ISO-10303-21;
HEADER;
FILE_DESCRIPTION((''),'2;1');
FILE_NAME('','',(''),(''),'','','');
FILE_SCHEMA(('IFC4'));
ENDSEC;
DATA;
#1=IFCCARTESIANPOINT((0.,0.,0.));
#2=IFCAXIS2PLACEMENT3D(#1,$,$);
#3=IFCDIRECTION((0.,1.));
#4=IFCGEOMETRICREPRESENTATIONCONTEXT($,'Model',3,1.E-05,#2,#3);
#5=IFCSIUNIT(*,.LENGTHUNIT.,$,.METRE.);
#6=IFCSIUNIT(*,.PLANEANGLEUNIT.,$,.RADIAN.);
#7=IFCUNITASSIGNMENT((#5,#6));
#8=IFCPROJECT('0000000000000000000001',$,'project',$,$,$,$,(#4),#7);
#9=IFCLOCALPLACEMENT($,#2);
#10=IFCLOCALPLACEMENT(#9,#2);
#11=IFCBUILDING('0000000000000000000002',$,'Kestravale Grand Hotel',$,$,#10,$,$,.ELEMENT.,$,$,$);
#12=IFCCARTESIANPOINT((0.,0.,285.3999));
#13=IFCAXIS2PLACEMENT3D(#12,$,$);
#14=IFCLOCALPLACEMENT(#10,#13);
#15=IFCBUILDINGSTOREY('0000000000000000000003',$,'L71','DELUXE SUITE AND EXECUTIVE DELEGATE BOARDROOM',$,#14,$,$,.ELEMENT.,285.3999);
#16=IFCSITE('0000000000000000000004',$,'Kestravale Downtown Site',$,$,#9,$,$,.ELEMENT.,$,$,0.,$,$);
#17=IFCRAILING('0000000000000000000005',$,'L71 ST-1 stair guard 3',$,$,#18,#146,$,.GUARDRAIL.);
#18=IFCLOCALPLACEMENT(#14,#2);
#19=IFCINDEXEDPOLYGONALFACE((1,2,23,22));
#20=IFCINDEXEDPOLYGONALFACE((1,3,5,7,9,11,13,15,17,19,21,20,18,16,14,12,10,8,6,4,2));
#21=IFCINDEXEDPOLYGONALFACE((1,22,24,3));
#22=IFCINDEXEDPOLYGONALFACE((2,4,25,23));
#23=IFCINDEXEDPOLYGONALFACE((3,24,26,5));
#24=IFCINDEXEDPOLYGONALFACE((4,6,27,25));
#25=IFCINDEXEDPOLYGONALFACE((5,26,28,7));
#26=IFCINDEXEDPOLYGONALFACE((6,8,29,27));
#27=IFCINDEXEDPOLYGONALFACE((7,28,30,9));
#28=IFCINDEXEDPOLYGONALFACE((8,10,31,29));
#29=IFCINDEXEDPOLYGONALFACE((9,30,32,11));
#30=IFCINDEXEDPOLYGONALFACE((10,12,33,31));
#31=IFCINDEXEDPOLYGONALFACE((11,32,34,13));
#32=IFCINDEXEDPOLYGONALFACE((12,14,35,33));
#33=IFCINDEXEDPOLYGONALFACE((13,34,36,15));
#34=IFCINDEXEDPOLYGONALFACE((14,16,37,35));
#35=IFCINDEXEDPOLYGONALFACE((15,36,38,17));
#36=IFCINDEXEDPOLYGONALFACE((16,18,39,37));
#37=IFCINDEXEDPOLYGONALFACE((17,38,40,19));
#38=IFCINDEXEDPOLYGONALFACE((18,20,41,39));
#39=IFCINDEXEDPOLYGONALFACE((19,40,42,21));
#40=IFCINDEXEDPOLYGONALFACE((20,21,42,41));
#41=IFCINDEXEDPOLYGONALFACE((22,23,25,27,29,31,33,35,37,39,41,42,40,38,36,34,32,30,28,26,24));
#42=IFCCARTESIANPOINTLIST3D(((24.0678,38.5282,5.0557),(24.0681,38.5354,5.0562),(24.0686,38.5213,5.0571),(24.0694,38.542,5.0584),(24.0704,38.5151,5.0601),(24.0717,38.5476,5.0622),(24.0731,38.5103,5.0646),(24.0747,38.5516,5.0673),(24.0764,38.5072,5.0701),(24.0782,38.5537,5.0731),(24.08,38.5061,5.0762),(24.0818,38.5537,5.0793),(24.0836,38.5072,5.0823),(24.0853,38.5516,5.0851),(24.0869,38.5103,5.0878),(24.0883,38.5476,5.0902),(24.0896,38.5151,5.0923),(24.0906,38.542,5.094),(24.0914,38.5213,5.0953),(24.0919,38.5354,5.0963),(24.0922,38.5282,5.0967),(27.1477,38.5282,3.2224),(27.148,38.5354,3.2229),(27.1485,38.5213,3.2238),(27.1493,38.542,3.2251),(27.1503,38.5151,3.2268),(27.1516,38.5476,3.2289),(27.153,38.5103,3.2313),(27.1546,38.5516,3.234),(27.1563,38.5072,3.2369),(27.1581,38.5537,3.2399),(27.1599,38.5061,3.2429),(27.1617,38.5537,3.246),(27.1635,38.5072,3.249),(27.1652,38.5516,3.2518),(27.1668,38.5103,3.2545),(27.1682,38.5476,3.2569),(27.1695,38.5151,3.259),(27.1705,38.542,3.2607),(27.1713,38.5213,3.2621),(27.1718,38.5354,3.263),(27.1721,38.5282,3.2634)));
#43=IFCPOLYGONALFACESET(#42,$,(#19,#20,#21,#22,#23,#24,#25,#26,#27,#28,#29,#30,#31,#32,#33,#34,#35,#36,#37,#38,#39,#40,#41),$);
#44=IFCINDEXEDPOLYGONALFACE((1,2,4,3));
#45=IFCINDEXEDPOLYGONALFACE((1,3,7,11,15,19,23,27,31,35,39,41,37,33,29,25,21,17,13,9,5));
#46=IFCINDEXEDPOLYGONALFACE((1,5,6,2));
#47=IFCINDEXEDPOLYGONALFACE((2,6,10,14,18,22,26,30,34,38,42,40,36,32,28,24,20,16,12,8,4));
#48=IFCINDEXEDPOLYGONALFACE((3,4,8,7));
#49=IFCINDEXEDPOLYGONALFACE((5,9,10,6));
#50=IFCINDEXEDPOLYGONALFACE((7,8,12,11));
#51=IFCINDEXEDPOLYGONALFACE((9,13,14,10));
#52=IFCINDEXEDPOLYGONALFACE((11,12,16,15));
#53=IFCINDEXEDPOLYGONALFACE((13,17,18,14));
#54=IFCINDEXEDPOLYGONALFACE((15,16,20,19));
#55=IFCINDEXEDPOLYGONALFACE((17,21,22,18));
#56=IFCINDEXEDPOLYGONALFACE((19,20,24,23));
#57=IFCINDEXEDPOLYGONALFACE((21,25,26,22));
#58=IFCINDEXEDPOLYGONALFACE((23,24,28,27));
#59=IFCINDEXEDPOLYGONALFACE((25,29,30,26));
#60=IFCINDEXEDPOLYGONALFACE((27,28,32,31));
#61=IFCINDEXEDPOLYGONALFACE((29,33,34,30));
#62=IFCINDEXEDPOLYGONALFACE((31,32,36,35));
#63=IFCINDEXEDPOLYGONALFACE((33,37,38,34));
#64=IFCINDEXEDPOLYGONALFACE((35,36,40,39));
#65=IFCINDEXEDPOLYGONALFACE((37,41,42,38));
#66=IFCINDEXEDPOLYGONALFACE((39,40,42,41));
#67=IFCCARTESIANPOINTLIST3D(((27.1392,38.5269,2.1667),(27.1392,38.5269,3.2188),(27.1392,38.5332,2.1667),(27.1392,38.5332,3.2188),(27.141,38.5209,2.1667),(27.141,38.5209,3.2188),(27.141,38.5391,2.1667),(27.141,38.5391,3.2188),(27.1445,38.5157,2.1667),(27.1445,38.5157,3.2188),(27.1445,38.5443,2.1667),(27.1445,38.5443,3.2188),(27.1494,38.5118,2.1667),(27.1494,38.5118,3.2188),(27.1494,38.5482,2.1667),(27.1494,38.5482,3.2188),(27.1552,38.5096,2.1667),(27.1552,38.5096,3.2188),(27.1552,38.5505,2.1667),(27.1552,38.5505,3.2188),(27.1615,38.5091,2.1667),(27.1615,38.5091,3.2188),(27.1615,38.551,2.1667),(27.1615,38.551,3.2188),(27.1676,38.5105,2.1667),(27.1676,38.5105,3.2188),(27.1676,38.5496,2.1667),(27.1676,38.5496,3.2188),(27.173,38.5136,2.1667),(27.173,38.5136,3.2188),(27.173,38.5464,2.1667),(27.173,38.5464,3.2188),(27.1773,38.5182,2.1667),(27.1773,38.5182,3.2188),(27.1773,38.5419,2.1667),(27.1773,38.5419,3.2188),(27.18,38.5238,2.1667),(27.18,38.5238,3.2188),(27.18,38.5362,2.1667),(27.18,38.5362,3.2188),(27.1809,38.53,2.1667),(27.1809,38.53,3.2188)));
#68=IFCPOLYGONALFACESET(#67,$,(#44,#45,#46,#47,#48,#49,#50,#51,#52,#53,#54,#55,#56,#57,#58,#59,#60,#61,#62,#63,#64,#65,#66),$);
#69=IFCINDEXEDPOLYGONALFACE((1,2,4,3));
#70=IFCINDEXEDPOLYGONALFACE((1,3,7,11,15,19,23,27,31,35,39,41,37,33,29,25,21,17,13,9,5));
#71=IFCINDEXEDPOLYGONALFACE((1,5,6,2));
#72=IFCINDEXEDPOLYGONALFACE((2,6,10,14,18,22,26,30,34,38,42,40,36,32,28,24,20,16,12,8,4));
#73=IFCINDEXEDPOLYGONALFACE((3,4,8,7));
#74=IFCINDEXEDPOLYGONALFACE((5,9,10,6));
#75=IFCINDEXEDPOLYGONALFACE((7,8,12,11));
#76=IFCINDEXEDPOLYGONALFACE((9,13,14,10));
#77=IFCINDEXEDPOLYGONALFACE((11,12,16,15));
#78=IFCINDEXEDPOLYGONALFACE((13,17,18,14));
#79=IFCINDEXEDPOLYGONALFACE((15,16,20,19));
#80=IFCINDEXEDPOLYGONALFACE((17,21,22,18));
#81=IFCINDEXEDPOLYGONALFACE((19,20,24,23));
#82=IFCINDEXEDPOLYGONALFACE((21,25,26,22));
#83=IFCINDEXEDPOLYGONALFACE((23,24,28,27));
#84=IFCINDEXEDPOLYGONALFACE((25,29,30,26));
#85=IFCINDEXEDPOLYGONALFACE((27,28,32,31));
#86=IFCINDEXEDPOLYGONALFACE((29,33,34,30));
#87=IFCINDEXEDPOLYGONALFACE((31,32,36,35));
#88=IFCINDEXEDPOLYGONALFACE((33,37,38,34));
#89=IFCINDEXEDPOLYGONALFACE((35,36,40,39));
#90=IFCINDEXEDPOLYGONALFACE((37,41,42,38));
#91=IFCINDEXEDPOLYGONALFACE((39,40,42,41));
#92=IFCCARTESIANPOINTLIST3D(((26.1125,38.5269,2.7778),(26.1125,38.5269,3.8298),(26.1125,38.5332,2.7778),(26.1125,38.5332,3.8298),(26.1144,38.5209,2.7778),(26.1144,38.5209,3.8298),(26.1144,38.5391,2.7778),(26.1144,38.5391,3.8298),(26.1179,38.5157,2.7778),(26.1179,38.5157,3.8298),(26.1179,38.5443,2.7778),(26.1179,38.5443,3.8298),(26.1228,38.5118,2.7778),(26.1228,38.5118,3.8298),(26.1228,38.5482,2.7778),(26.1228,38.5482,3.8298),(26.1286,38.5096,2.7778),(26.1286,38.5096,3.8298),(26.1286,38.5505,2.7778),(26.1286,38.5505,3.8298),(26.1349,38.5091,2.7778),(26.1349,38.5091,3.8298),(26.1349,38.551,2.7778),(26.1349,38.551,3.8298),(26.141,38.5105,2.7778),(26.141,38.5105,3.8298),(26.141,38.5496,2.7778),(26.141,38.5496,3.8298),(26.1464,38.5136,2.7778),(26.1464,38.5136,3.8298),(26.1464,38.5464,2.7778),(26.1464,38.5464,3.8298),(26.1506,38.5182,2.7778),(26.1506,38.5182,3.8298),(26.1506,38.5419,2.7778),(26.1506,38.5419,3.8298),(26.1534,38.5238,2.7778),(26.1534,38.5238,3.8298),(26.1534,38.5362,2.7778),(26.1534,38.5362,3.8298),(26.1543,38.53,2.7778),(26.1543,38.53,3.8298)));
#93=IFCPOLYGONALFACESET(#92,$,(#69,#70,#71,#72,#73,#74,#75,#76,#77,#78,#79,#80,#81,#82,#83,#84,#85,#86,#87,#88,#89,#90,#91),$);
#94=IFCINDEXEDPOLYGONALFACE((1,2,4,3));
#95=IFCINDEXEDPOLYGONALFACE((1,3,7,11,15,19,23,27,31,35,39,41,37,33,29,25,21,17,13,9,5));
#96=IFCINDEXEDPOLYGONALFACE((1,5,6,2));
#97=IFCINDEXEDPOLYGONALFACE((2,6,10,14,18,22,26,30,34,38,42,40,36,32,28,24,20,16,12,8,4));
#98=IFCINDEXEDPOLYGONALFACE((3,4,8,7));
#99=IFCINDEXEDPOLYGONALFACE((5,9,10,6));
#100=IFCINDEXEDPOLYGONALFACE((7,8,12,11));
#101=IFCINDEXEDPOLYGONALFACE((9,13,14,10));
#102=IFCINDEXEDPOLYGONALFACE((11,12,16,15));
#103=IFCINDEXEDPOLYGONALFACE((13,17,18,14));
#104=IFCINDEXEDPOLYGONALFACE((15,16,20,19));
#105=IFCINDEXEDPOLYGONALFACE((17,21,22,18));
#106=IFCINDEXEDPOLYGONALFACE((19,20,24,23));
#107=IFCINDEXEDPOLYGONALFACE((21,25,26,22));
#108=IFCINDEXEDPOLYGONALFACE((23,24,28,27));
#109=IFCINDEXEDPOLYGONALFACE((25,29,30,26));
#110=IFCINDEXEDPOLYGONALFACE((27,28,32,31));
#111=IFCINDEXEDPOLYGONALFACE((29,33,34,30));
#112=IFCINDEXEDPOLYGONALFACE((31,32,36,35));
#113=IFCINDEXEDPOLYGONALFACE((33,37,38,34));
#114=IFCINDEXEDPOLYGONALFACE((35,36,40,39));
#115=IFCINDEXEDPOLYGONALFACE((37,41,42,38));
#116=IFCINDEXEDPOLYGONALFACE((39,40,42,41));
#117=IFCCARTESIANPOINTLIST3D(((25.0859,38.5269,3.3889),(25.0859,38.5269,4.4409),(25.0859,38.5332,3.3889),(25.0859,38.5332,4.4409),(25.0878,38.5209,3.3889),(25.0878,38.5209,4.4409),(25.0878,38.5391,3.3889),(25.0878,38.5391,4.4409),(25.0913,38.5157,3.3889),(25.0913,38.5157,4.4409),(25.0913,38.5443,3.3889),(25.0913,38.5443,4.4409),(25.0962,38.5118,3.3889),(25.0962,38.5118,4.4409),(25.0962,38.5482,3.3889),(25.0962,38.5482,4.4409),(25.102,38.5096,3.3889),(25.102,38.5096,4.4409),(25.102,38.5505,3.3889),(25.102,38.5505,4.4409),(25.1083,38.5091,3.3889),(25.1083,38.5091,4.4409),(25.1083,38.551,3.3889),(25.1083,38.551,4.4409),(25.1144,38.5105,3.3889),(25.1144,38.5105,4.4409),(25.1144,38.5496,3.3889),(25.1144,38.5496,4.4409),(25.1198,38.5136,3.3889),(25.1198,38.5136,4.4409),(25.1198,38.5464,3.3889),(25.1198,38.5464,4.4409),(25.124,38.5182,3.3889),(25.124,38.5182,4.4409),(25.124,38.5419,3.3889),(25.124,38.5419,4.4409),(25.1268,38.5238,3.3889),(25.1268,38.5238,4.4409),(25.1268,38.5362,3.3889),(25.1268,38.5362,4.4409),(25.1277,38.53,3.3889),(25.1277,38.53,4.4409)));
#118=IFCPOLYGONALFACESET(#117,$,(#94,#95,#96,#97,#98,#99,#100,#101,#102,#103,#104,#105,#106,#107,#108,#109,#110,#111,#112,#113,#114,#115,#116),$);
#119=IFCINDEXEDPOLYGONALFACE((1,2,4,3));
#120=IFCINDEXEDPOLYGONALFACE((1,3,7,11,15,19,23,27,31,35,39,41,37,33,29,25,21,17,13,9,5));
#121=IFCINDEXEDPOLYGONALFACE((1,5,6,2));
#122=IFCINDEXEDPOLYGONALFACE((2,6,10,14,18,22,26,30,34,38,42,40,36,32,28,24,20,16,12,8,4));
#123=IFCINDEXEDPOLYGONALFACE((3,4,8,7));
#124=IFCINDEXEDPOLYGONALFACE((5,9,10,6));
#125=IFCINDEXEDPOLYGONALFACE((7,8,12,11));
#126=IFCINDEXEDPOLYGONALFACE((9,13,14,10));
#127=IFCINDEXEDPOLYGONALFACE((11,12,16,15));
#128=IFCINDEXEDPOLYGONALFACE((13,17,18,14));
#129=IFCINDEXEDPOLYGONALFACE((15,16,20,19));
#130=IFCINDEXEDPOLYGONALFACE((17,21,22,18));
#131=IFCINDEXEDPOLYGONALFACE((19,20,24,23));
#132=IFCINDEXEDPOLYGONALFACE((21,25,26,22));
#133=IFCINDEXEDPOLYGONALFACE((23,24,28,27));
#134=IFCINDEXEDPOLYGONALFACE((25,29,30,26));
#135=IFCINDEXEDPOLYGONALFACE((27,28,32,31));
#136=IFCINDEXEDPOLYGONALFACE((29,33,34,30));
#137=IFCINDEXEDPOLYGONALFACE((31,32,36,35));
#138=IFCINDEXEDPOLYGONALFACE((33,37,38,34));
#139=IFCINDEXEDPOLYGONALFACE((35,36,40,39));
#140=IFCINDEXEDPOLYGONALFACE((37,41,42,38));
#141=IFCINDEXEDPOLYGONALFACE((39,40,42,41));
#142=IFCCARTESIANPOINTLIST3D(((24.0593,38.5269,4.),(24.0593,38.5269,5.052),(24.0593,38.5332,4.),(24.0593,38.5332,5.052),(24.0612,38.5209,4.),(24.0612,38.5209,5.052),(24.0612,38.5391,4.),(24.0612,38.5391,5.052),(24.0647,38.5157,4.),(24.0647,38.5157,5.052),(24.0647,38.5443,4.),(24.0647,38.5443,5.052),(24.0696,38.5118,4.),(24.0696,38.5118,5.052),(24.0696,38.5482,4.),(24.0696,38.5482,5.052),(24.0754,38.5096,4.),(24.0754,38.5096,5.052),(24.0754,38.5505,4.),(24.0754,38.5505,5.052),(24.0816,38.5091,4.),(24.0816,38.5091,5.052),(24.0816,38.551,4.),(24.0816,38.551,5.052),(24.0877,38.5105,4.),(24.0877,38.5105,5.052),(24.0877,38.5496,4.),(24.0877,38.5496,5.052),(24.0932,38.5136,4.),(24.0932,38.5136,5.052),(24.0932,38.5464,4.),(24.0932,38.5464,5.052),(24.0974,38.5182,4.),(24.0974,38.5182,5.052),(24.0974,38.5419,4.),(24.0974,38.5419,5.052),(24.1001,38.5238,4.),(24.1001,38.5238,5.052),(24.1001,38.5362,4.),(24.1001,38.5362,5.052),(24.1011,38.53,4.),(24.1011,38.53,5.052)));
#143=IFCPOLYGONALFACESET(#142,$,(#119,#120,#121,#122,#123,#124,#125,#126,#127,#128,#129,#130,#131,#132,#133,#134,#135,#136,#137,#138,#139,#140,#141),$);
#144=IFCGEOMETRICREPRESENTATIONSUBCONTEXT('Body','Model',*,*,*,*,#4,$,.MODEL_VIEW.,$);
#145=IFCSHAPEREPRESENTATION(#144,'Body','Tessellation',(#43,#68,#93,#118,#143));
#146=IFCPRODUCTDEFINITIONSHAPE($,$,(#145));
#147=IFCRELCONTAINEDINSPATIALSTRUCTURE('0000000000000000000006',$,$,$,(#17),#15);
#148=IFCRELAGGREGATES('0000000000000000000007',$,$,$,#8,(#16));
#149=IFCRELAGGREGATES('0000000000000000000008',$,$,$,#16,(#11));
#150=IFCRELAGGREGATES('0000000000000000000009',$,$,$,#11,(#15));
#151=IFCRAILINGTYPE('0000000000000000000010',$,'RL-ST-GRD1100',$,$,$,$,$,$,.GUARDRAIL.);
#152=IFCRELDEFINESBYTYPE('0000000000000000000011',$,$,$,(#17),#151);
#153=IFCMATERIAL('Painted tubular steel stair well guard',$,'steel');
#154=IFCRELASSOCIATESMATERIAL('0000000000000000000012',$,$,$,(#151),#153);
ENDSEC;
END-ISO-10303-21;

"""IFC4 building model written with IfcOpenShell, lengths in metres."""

from ifc_helpers import new_model, si_unit, direction, frame, origin, origin_2d, place, context, subcontext, project, spatial, circle, extrude, material, type_object, element, save


model = new_model("IFC4")

# Units and contexts
model_context = context("Model", 3, precision=1e-05, world=origin(), true_north=direction((0.0, 1.0)))
body_context = subcontext(model_context, "Body", "Model", "MODEL_VIEW")
ifc_project = project(units=[si_unit("LENGTHUNIT", "METRE"), si_unit("PLANEANGLEUNIT", "RADIAN")], contexts=[model_context])

# Site, building, storey
site_placement = place(None, origin())
site = spatial("IfcSite", under=ifc_project, at=site_placement, Name="Kestravale Downtown Site", CompositionType="ELEMENT", RefElevation=0.0)
building_placement = place(site_placement, origin())
building = spatial("IfcBuilding", under=site, at=building_placement, Name="Kestravale Grand Hotel", CompositionType="ELEMENT")
storey_placement = place(building_placement, frame((0.0, 0.0, 285.3999)))
storey = spatial("IfcBuildingStorey", under=building, at=storey_placement, Name="L71", Description="DELUXE SUITE AND EXECUTIVE DELEGATE BOARDROOM", CompositionType="ELEMENT", Elevation=285.3999)

# Railing
ifc_material_1 = material(Name="Painted tubular steel stair well guard", Category="steel")
railing_type_1 = type_object("IfcRailingType", Name="RL-ST-GRD1100", PredefinedType="GUARDRAIL", material=ifc_material_1)
railing_1_placement = place(storey_placement, frame((27.1599, 38.53, 2.1667)))
element("IfcRailing", 1, at=railing_1_placement, inside=storey, type_object=railing_type_1, Name="L71 ST-1 stair guard 3", PredefinedType="GUARDRAIL", context=body_context, shape_type="SweptSolid", body=[
    extrude(circle(Radius=0.0239, at=origin_2d()), frame((0.0, 0.0, 1.0762), z_axis=(-0.859291, 0.0, 0.511487), x_axis=(0.0, -1.0, 0.0)), (0.0, 0.0, 1.0), 3.5842),
    extrude(circle(Radius=0.021, at=origin_2d()), origin(), (0.0, 0.0, 1.0), 1.052),
    extrude(circle(Radius=0.021, at=origin_2d()), frame((-1.0266, 0.0, 0.6111)), (0.0, 0.0, 1.0), 1.052),
    extrude(circle(Radius=0.021, at=origin_2d()), frame((-2.0532, 0.0, 1.2222)), (0.0, 0.0, 1.0), 1.052),
    extrude(circle(Radius=0.021, at=origin_2d()), frame((-3.0798, 0.0, 1.8333)), (0.0, 0.0, 1.0), 1.052),
])

save(model, "model.ifc")
